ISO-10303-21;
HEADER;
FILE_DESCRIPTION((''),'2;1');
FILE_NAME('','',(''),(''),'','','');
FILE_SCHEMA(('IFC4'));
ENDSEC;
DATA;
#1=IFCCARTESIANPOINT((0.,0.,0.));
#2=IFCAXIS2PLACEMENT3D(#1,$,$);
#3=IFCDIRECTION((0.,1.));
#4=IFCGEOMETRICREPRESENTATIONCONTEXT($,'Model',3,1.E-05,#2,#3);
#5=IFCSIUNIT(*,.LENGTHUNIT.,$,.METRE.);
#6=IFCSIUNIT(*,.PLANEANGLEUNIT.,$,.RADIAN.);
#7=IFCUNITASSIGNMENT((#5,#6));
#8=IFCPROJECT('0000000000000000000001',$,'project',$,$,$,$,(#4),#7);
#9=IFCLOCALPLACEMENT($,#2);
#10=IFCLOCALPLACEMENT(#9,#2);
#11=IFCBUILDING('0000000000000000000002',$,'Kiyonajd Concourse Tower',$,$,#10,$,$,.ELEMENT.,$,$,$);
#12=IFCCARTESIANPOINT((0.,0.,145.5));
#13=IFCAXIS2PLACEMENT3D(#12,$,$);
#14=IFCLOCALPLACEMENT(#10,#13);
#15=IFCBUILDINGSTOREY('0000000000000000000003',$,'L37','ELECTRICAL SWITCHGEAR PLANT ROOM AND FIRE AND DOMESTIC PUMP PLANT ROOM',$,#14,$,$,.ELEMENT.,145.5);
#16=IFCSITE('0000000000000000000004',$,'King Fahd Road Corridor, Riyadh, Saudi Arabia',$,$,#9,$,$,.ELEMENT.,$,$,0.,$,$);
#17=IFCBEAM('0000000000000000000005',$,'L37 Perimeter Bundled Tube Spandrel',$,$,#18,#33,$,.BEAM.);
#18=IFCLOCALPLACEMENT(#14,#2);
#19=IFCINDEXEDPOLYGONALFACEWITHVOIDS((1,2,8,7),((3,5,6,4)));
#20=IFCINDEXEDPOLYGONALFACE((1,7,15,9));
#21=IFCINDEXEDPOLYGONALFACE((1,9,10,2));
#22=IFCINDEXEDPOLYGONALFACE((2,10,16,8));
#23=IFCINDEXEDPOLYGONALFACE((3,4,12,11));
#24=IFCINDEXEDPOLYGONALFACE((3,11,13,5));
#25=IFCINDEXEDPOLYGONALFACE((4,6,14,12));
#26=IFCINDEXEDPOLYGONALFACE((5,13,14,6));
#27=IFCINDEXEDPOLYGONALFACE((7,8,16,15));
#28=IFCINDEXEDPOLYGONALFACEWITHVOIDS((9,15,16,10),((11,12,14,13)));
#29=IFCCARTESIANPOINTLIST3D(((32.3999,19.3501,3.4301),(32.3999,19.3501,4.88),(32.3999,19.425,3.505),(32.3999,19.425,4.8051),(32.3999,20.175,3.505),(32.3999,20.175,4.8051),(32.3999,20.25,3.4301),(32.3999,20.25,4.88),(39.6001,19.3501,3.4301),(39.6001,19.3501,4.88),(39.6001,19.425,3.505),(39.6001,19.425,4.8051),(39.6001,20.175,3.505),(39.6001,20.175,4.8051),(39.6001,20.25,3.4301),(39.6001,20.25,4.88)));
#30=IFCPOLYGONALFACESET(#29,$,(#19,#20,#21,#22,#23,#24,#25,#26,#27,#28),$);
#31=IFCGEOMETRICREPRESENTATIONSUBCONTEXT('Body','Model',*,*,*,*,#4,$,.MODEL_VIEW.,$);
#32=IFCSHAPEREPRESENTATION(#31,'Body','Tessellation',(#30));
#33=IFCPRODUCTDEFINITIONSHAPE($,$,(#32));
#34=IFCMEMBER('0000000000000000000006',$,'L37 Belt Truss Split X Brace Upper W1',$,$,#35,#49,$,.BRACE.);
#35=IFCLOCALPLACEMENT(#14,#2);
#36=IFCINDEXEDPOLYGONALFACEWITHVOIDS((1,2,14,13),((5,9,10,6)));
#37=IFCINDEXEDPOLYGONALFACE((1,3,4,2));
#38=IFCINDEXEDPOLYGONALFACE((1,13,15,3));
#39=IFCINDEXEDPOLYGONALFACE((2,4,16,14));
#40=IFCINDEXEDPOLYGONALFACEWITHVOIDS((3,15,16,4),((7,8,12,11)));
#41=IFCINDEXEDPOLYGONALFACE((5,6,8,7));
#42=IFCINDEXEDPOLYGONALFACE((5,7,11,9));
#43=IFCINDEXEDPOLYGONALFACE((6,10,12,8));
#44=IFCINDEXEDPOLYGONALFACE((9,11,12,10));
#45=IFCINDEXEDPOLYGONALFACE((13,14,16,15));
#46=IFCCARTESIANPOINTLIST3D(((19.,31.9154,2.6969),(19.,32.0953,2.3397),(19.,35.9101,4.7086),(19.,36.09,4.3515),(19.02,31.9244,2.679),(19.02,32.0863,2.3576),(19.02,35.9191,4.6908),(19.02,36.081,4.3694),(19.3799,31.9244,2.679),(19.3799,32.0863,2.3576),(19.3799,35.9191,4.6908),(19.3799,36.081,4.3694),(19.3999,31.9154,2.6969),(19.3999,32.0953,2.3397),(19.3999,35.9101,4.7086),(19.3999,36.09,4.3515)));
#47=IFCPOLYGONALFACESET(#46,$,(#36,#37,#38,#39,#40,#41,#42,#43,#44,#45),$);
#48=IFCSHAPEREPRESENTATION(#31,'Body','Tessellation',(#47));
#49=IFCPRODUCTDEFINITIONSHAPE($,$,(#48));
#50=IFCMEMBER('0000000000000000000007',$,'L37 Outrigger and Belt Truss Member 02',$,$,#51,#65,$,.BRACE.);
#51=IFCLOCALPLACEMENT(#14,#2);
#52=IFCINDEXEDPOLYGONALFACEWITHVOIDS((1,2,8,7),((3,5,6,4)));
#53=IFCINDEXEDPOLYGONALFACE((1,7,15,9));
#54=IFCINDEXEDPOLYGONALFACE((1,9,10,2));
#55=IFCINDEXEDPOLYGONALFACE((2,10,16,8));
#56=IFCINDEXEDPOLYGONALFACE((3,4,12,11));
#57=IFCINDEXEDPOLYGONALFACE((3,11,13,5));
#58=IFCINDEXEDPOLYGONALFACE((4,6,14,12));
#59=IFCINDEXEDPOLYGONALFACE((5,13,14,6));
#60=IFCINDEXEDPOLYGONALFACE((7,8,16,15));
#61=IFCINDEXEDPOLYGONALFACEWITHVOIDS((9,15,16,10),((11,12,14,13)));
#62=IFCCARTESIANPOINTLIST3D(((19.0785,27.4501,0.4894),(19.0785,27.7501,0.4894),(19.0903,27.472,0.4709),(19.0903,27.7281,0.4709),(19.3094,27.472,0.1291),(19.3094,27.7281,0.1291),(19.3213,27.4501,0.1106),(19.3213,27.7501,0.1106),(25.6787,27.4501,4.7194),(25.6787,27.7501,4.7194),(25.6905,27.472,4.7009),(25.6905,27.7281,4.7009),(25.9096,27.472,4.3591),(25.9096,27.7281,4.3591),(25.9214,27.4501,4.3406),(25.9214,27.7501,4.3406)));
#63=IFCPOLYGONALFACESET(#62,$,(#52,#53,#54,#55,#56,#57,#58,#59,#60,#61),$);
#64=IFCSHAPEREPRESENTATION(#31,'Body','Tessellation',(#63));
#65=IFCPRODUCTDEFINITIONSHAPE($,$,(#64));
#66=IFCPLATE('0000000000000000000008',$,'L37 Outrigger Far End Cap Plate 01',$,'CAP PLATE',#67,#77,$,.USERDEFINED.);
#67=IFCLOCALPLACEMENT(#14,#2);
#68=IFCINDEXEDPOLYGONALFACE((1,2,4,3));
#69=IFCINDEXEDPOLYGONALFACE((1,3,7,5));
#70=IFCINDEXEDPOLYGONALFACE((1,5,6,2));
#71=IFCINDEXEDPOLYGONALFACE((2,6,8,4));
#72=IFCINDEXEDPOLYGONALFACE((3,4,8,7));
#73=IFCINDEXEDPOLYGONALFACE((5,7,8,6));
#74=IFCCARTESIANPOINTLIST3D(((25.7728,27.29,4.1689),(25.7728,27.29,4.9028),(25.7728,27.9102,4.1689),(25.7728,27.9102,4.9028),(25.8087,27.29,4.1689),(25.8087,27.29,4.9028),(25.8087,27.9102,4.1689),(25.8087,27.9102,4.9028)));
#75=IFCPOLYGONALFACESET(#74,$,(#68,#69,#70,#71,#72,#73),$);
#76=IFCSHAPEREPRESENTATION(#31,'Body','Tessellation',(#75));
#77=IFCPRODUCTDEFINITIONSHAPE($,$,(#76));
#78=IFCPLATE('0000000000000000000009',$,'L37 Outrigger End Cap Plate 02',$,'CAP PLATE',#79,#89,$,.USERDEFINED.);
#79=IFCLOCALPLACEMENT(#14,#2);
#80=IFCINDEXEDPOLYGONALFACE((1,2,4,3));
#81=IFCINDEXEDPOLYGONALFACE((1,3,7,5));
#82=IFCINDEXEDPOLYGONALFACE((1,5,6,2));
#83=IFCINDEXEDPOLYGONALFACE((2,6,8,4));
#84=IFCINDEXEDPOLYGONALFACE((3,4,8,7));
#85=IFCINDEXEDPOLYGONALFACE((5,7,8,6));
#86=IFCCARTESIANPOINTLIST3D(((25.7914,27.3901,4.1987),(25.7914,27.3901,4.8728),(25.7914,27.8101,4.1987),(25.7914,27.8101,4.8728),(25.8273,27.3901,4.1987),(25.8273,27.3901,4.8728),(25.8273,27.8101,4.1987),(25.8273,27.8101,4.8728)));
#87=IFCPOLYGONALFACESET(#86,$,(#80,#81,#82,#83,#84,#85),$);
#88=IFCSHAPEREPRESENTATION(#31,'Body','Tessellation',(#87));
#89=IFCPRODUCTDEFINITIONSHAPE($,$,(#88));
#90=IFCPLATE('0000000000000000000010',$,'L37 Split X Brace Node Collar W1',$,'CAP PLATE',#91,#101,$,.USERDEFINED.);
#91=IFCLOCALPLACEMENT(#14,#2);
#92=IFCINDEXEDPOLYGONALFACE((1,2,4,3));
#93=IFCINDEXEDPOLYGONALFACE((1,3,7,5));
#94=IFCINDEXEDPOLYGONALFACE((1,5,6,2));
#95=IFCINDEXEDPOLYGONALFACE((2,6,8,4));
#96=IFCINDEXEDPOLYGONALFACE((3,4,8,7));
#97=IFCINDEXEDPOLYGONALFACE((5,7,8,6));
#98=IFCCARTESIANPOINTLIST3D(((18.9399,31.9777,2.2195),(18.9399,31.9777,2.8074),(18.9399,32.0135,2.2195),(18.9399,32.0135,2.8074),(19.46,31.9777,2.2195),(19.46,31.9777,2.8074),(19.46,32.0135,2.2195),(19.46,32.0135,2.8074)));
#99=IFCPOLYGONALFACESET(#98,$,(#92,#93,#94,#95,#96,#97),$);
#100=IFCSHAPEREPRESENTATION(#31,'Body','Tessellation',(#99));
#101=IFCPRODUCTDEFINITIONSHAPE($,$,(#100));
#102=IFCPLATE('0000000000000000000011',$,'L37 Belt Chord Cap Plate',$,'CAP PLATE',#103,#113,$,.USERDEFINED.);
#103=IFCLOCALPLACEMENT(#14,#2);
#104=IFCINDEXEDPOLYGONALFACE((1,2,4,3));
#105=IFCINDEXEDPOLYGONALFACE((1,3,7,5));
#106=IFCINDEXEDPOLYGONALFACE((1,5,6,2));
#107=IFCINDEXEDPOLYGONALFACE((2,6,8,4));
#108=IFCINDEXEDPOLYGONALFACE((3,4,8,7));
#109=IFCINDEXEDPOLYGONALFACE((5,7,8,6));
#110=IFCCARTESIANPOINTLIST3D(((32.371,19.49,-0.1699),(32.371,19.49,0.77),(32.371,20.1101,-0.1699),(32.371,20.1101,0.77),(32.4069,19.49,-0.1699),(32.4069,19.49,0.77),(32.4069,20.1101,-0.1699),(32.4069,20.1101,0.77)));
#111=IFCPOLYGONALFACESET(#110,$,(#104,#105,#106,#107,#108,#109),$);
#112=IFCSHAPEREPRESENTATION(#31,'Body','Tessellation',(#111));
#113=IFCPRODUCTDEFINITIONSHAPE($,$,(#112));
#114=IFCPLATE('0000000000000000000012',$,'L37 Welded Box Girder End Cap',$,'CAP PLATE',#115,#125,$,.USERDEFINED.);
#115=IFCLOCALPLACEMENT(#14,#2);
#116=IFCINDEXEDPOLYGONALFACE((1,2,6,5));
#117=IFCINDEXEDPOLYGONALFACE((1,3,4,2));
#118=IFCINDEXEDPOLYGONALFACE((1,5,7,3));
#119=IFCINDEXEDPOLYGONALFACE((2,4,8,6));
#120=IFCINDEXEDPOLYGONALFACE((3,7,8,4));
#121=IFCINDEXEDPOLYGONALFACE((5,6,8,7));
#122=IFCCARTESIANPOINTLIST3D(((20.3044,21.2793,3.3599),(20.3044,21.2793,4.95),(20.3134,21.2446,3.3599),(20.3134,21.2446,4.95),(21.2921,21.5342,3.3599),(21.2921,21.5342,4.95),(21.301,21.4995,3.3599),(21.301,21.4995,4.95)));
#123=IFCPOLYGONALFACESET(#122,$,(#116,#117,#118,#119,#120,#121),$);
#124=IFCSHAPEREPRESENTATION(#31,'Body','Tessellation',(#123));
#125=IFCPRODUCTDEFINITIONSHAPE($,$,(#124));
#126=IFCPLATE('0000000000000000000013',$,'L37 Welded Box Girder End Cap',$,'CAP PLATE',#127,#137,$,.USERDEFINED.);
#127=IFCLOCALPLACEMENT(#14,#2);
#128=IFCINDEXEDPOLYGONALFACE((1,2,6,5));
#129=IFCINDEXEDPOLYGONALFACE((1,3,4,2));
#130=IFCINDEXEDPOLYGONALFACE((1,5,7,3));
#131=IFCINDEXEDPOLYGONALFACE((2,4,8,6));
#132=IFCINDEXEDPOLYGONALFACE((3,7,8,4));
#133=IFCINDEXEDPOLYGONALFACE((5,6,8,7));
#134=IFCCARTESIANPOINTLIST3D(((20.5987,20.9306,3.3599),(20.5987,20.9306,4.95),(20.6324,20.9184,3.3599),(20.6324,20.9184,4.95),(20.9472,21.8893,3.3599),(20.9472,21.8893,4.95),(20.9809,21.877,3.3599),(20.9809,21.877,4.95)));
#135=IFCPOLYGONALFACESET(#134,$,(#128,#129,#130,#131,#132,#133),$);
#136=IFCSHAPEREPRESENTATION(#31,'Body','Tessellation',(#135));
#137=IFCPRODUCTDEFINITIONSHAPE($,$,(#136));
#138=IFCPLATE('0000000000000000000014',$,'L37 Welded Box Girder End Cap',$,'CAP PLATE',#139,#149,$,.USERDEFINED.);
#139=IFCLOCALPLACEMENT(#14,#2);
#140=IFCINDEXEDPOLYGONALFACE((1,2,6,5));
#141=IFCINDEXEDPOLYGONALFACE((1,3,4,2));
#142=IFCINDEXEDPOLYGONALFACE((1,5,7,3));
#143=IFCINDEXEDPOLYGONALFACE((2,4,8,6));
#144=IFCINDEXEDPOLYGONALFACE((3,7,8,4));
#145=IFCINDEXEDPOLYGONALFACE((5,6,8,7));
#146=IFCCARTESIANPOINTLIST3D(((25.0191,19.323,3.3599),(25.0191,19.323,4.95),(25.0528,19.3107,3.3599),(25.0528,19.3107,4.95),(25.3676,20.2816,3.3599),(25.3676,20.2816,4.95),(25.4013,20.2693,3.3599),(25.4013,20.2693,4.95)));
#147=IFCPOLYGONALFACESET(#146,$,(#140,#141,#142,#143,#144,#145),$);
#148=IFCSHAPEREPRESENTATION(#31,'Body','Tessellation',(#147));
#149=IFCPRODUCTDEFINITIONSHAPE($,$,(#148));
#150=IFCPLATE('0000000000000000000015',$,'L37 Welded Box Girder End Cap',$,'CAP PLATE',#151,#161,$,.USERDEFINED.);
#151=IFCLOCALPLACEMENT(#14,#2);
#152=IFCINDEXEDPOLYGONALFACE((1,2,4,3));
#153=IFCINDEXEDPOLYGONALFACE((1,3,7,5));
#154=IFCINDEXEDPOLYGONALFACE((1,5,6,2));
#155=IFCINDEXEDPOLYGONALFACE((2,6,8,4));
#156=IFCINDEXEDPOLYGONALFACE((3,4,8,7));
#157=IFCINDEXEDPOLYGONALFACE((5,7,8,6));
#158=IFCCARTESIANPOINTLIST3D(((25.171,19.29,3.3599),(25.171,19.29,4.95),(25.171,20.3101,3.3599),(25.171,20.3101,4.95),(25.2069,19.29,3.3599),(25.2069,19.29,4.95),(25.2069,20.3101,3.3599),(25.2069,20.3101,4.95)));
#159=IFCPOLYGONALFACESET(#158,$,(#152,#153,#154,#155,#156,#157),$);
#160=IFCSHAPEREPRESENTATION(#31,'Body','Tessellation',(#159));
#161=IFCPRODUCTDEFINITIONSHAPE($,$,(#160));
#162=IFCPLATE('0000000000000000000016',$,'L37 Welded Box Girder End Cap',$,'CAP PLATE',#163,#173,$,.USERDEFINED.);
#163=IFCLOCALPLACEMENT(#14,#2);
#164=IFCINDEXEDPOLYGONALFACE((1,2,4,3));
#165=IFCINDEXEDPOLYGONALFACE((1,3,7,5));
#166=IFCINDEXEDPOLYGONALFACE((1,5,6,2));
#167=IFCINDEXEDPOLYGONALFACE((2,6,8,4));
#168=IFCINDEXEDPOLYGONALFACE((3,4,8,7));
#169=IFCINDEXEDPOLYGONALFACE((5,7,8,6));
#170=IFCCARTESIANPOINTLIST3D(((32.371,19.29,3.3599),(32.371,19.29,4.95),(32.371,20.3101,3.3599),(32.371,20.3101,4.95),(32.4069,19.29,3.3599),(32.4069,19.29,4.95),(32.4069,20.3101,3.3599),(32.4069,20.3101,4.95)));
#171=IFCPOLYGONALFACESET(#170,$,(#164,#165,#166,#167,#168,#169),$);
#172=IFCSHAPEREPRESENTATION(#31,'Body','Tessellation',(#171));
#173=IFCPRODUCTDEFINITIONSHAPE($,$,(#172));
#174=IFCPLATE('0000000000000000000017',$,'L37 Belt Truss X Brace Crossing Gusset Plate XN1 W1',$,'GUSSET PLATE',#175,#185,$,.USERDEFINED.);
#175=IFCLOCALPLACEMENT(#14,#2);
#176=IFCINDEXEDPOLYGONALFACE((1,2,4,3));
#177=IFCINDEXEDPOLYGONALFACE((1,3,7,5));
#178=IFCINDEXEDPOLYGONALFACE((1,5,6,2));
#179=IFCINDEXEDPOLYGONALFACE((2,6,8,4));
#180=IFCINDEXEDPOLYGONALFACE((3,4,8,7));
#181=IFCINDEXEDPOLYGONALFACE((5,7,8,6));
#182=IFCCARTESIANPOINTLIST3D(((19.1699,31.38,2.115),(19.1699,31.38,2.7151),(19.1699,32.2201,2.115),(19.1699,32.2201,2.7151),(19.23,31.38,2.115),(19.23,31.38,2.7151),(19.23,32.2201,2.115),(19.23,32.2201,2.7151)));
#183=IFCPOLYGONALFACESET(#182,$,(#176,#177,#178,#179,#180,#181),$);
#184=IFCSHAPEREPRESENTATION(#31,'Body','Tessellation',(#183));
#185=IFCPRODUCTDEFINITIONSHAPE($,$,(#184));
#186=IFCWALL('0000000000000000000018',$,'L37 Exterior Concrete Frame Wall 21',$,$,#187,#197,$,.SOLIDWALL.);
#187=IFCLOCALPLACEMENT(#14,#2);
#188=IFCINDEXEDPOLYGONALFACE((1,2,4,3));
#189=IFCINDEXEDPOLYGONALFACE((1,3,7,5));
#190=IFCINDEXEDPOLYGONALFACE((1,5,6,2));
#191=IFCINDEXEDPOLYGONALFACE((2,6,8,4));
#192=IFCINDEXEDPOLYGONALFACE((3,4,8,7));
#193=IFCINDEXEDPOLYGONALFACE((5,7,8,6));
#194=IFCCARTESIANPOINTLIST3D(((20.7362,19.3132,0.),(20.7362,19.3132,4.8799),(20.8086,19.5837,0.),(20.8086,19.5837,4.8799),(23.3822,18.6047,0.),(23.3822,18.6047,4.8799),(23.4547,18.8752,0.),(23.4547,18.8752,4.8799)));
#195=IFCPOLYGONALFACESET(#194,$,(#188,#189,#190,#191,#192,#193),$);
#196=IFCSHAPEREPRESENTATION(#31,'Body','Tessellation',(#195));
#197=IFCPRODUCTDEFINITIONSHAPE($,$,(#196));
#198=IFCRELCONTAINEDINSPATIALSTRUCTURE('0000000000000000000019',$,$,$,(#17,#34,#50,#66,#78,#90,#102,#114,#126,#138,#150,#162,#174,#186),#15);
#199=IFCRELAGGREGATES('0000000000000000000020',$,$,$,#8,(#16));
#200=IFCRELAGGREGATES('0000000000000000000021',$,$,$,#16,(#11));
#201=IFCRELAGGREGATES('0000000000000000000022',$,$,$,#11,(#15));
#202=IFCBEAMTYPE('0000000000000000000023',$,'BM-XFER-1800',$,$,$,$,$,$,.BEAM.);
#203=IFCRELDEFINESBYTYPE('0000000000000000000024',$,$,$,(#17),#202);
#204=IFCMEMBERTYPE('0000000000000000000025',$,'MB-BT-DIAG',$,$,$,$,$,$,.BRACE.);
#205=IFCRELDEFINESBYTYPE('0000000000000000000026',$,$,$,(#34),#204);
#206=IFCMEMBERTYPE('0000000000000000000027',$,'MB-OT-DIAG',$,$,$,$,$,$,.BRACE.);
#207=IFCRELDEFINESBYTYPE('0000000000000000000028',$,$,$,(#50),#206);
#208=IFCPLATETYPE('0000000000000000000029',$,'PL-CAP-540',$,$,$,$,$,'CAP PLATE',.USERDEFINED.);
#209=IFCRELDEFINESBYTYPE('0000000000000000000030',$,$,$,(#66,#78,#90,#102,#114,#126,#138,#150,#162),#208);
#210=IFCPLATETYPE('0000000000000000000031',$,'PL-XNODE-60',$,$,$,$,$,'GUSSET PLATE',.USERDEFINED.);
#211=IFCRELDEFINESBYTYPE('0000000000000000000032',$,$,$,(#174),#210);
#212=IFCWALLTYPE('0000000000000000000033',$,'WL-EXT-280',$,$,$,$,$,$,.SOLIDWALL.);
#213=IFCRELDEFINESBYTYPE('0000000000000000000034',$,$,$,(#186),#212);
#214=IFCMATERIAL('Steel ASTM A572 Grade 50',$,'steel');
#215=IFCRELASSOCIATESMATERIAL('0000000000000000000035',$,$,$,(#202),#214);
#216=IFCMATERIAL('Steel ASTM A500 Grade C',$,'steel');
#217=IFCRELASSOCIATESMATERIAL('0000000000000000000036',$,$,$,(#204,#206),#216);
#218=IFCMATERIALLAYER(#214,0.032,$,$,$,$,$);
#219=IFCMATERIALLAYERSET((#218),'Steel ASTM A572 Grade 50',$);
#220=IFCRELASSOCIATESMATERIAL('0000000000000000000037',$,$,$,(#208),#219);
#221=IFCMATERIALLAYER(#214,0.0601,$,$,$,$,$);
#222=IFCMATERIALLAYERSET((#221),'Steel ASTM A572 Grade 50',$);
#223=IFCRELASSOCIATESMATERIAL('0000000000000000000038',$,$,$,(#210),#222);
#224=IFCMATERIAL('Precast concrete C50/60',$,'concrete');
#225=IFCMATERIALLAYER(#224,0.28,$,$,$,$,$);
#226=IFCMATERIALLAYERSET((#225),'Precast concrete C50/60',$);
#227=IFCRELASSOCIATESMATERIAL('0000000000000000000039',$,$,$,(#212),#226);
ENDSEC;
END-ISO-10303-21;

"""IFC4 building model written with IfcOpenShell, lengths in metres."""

from ifc_helpers import new_model, si_unit, direction, frame, frame_2d, origin, origin_2d, place, context, subcontext, project, spatial, rectangle, hollow_rectangle, extrude, material, layer, layer_set, material_profile, profile_set, type_object, element, save


model = new_model("IFC4")

# Units and contexts
model_context = context("Model", 3, precision=1e-05, world=origin(), true_north=direction((0.0, 1.0)))
body_context = subcontext(model_context, "Body", "Model", "MODEL_VIEW")
ifc_project = project(units=[si_unit("LENGTHUNIT", "METRE"), si_unit("PLANEANGLEUNIT", "RADIAN")], contexts=[model_context])

# Site, building, storey
site_placement = place(None, origin())
site = spatial("IfcSite", under=ifc_project, at=site_placement, Name="King Fahd Road Corridor, Riyadh, Saudi Arabia", CompositionType="ELEMENT", RefElevation=0.0)
building_placement = place(site_placement, origin())
building = spatial("IfcBuilding", under=site, at=building_placement, Name="Kiyonajd Concourse Tower", CompositionType="ELEMENT")
storey_placement = place(building_placement, frame((0.0, 0.0, 145.5)))
storey = spatial("IfcBuildingStorey", under=building, at=storey_placement, Name="L37", Description="ELECTRICAL SWITCHGEAR PLANT ROOM AND FIRE AND DOMESTIC PUMP PLANT ROOM", CompositionType="ELEMENT", Elevation=145.5)

# Beam
ifc_material_1 = material(Name="Steel ASTM A572 Grade 50", Category="steel")
ifc_material_profile_1 = material_profile(ifc_material_1, hollow_rectangle(XDim=0.8999, YDim=1.45, WallThickness=0.075, at=origin_2d()), Name="BOX-1450x900x75")
ifc_profile_set_1 = profile_set([ifc_material_profile_1], Name="Steel ASTM A572 Grade 50")
beam_type_1 = type_object("IfcBeamType", Name="BM-XFER-1800", PredefinedType="BEAM", material=ifc_profile_set_1)
beam_1_placement = place(storey_placement, frame((32.3999, 19.8, 4.155), z_axis=(1.0, 0.0, 0.0), x_axis=(0.0, 1.0, 0.0)))
element("IfcBeam", 1, at=beam_1_placement, inside=storey, type_object=beam_type_1, Name="L37 Perimeter Bundled Tube Spandrel", PredefinedType="BEAM", context=body_context, shape_type="SweptSolid", body=[
    extrude(hollow_rectangle(XDim=0.8999, YDim=1.45, WallThickness=0.075, at=origin_2d()), origin(), (0.0, 0.0, 1.0), 7.2002),
])

# Members
ifc_material_2 = material(Name="Steel ASTM A500 Grade C", Category="steel")
ifc_material_profile_2 = material_profile(ifc_material_2, hollow_rectangle(XDim=0.3999, YDim=0.3999, WallThickness=0.02, at=origin_2d()), Name="HSS-400x400x20")
ifc_profile_set_2 = profile_set([ifc_material_profile_2], Name="Steel ASTM A500 Grade C")
member_type_1 = type_object("IfcMemberType", Name="MB-BT-DIAG", PredefinedType="BRACE", material=ifc_profile_set_2)
member_1_placement = place(storey_placement, frame((19.2, 32.0054, 2.5183), z_axis=(0.0, 0.893135, 0.449788), x_axis=(-1.0, 0.0, 0.0)))
element("IfcMember", 2, at=member_1_placement, inside=storey, type_object=member_type_1, Name="L37 Belt Truss Split X Brace Upper W1", PredefinedType="BRACE", context=body_context, shape_type="SweptSolid", body=[
    extrude(hollow_rectangle(XDim=0.3999, YDim=0.3999, WallThickness=0.02, at=origin_2d()), origin(), (0.0, 0.0, 1.0), 4.4727),
])
ifc_material_profile_3 = material_profile(ifc_material_2, hollow_rectangle(XDim=0.3, YDim=0.45, WallThickness=0.022, at=origin_2d()), Name="HSS-450x300x22")
ifc_profile_set_3 = profile_set([ifc_material_profile_3], Name="Steel ASTM A500 Grade C")
member_type_2 = type_object("IfcMemberType", Name="MB-OT-DIAG", PredefinedType="BRACE", material=ifc_profile_set_3)
member_2_placement = place(storey_placement, frame((25.8, 27.6001, 4.53), z_axis=(-0.841928, 0.0, -0.539589), x_axis=(0.0, -1.0, 0.0)))
element("IfcMember", 3, at=member_2_placement, inside=storey, type_object=member_type_2, Name="L37 Outrigger and Belt Truss Member 02", PredefinedType="BRACE", context=body_context, shape_type="SweptSolid", body=[
    extrude(hollow_rectangle(XDim=0.3, YDim=0.45, WallThickness=0.022, at=origin_2d()), origin(), (0.0, 0.0, 1.0), 7.8394),
])

# Plates
ifc_layer_1 = layer(ifc_material_1, 0.032)
ifc_layer_set_1 = layer_set([ifc_layer_1], Name="Steel ASTM A572 Grade 50")
plate_type_1 = type_object("IfcPlateType", Name="PL-CAP-540", ElementType="CAP PLATE", PredefinedType="USERDEFINED", material=ifc_layer_set_1)
plate_1_placement = place(storey_placement, frame((25.7908, 27.6001, 4.1689), z_axis=(0.0, 0.0, 1.0), x_axis=(-1.0, 0.0, 0.0)))
element("IfcPlate", 4, at=plate_1_placement, inside=storey, type_object=plate_type_1, Name="L37 Outrigger Far End Cap Plate 01", ObjectType="CAP PLATE", PredefinedType="USERDEFINED", context=body_context, shape_type="SweptSolid", body=[
    extrude(rectangle(XDim=0.0359, YDim=0.6201, at=origin_2d()), origin(), (0.0, 0.0, 1.0), 0.7339),
])
plate_2_placement = place(storey_placement, frame((25.8093, 27.6001, 4.1987), z_axis=(0.0, 0.0, 1.0), x_axis=(1.0, 0.0, 0.0)))
element("IfcPlate", 5, at=plate_2_placement, inside=storey, type_object=plate_type_1, Name="L37 Outrigger End Cap Plate 02", ObjectType="CAP PLATE", PredefinedType="USERDEFINED", context=body_context, shape_type="SweptSolid", body=[
    extrude(rectangle(XDim=0.0359, YDim=0.4199, at=origin_2d()), origin(), (0.0, 0.0, 1.0), 0.6741),
])
plate_3_placement = place(storey_placement, frame((19.2, 31.9956, 2.2195), z_axis=(0.0, 0.0, 1.0), x_axis=(0.0, -1.0, 0.0)))
element("IfcPlate", 6, at=plate_3_placement, inside=storey, type_object=plate_type_1, Name="L37 Split X Brace Node Collar W1", ObjectType="CAP PLATE", PredefinedType="USERDEFINED", context=body_context, shape_type="SweptSolid", body=[
    extrude(rectangle(XDim=0.0359, YDim=0.52, at=origin_2d()), origin(), (0.0, 0.0, 1.0), 0.5879),
])
plate_4_placement = place(storey_placement, frame((32.3889, 19.8, -0.1699), z_axis=(0.0, 0.0, 1.0), x_axis=(-1.0, 0.0, 0.0)))
element("IfcPlate", 7, at=plate_4_placement, inside=storey, type_object=plate_type_1, Name="L37 Belt Chord Cap Plate", ObjectType="CAP PLATE", PredefinedType="USERDEFINED", context=body_context, shape_type="SweptSolid", body=[
    extrude(rectangle(XDim=0.0359, YDim=0.6201, at=origin_2d()), origin(), (0.0, 0.0, 1.0), 0.9399),
])
for number, where, z_axis, x_axis, name in (
    (8, (20.8027, 21.3894, 3.3599), (0.0, 0.0, 1.0), (0.249873, -0.968279, 0.0), "L37 Welded Box Girder End Cap"),
    (9, (20.7898, 21.4038, 3.3599), (0.0, 0.0, 1.0), (-0.939812, 0.341692, 0.0), "L37 Welded Box Girder End Cap"),
    (10, (25.2102, 19.7961, 3.3599), (0.0, 0.0, 1.0), (0.939812, -0.341692, 0.0), "L37 Welded Box Girder End Cap"),
    (11, (25.189, 19.8, 3.3599), (0.0, 0.0, 1.0), (-1.0, 0.0, 0.0), "L37 Welded Box Girder End Cap"),
    (12, (32.3889, 19.8, 3.3599), (0.0, 0.0, 1.0), (-1.0, 0.0, 0.0), "L37 Welded Box Girder End Cap"),
):
    element("IfcPlate", number, at=place(storey_placement, frame(where, z_axis=z_axis, x_axis=x_axis)), inside=storey, type_object=plate_type_1, Name=name, ObjectType="CAP PLATE", PredefinedType="USERDEFINED", context=body_context, shape_type="SweptSolid", body=[
        extrude(rectangle(XDim=0.0359, YDim=1.02, at=origin_2d()), origin(), (0.0, 0.0, 1.0), 1.5901),
    ])
ifc_layer_2 = layer(ifc_material_1, 0.0601)
ifc_layer_set_2 = layer_set([ifc_layer_2], Name="Steel ASTM A572 Grade 50")
plate_type_2 = type_object("IfcPlateType", Name="PL-XNODE-60", ElementType="GUSSET PLATE", PredefinedType="USERDEFINED", material=ifc_layer_set_2)
plate_5_placement = place(storey_placement, frame((19.2, 31.8, 2.115), z_axis=(0.0, 0.0, 1.0), x_axis=(1.0, 0.0, 0.0)))
element("IfcPlate", 13, at=plate_5_placement, inside=storey, type_object=plate_type_2, Name="L37 Belt Truss X Brace Crossing Gusset Plate XN1 W1", ObjectType="GUSSET PLATE", PredefinedType="USERDEFINED", context=body_context, shape_type="SweptSolid", body=[
    extrude(rectangle(XDim=0.0601, YDim=0.8401, at=origin_2d()), origin(), (0.0, 0.0, 1.0), 0.6001),
])

# Wall
ifc_material_3 = material(Name="Precast concrete C50/60", Category="concrete")
ifc_layer_3 = layer(ifc_material_3, 0.28)
ifc_layer_set_3 = layer_set([ifc_layer_3], Name="Precast concrete C50/60")
wall_type_1 = type_object("IfcWallType", Name="WL-EXT-280", PredefinedType="SOLIDWALL", material=ifc_layer_set_3)
wall_1_placement = place(storey_placement, frame((23.4185, 18.74, 0.0), z_axis=(0.0, 0.0, 1.0), x_axis=(-0.965971, 0.25865, 0.0)))
element("IfcWall", 14, at=wall_1_placement, inside=storey, type_object=wall_type_1, Name="L37 Exterior Concrete Frame Wall 21", PredefinedType="SOLIDWALL", context=body_context, shape_type="SweptSolid", body=[
    extrude(rectangle(XDim=2.7393, YDim=0.28, at=frame_2d((1.3696, 0.0))), origin(), (0.0, 0.0, 1.0), 4.8799),
])

save(model, "model.ifc")
